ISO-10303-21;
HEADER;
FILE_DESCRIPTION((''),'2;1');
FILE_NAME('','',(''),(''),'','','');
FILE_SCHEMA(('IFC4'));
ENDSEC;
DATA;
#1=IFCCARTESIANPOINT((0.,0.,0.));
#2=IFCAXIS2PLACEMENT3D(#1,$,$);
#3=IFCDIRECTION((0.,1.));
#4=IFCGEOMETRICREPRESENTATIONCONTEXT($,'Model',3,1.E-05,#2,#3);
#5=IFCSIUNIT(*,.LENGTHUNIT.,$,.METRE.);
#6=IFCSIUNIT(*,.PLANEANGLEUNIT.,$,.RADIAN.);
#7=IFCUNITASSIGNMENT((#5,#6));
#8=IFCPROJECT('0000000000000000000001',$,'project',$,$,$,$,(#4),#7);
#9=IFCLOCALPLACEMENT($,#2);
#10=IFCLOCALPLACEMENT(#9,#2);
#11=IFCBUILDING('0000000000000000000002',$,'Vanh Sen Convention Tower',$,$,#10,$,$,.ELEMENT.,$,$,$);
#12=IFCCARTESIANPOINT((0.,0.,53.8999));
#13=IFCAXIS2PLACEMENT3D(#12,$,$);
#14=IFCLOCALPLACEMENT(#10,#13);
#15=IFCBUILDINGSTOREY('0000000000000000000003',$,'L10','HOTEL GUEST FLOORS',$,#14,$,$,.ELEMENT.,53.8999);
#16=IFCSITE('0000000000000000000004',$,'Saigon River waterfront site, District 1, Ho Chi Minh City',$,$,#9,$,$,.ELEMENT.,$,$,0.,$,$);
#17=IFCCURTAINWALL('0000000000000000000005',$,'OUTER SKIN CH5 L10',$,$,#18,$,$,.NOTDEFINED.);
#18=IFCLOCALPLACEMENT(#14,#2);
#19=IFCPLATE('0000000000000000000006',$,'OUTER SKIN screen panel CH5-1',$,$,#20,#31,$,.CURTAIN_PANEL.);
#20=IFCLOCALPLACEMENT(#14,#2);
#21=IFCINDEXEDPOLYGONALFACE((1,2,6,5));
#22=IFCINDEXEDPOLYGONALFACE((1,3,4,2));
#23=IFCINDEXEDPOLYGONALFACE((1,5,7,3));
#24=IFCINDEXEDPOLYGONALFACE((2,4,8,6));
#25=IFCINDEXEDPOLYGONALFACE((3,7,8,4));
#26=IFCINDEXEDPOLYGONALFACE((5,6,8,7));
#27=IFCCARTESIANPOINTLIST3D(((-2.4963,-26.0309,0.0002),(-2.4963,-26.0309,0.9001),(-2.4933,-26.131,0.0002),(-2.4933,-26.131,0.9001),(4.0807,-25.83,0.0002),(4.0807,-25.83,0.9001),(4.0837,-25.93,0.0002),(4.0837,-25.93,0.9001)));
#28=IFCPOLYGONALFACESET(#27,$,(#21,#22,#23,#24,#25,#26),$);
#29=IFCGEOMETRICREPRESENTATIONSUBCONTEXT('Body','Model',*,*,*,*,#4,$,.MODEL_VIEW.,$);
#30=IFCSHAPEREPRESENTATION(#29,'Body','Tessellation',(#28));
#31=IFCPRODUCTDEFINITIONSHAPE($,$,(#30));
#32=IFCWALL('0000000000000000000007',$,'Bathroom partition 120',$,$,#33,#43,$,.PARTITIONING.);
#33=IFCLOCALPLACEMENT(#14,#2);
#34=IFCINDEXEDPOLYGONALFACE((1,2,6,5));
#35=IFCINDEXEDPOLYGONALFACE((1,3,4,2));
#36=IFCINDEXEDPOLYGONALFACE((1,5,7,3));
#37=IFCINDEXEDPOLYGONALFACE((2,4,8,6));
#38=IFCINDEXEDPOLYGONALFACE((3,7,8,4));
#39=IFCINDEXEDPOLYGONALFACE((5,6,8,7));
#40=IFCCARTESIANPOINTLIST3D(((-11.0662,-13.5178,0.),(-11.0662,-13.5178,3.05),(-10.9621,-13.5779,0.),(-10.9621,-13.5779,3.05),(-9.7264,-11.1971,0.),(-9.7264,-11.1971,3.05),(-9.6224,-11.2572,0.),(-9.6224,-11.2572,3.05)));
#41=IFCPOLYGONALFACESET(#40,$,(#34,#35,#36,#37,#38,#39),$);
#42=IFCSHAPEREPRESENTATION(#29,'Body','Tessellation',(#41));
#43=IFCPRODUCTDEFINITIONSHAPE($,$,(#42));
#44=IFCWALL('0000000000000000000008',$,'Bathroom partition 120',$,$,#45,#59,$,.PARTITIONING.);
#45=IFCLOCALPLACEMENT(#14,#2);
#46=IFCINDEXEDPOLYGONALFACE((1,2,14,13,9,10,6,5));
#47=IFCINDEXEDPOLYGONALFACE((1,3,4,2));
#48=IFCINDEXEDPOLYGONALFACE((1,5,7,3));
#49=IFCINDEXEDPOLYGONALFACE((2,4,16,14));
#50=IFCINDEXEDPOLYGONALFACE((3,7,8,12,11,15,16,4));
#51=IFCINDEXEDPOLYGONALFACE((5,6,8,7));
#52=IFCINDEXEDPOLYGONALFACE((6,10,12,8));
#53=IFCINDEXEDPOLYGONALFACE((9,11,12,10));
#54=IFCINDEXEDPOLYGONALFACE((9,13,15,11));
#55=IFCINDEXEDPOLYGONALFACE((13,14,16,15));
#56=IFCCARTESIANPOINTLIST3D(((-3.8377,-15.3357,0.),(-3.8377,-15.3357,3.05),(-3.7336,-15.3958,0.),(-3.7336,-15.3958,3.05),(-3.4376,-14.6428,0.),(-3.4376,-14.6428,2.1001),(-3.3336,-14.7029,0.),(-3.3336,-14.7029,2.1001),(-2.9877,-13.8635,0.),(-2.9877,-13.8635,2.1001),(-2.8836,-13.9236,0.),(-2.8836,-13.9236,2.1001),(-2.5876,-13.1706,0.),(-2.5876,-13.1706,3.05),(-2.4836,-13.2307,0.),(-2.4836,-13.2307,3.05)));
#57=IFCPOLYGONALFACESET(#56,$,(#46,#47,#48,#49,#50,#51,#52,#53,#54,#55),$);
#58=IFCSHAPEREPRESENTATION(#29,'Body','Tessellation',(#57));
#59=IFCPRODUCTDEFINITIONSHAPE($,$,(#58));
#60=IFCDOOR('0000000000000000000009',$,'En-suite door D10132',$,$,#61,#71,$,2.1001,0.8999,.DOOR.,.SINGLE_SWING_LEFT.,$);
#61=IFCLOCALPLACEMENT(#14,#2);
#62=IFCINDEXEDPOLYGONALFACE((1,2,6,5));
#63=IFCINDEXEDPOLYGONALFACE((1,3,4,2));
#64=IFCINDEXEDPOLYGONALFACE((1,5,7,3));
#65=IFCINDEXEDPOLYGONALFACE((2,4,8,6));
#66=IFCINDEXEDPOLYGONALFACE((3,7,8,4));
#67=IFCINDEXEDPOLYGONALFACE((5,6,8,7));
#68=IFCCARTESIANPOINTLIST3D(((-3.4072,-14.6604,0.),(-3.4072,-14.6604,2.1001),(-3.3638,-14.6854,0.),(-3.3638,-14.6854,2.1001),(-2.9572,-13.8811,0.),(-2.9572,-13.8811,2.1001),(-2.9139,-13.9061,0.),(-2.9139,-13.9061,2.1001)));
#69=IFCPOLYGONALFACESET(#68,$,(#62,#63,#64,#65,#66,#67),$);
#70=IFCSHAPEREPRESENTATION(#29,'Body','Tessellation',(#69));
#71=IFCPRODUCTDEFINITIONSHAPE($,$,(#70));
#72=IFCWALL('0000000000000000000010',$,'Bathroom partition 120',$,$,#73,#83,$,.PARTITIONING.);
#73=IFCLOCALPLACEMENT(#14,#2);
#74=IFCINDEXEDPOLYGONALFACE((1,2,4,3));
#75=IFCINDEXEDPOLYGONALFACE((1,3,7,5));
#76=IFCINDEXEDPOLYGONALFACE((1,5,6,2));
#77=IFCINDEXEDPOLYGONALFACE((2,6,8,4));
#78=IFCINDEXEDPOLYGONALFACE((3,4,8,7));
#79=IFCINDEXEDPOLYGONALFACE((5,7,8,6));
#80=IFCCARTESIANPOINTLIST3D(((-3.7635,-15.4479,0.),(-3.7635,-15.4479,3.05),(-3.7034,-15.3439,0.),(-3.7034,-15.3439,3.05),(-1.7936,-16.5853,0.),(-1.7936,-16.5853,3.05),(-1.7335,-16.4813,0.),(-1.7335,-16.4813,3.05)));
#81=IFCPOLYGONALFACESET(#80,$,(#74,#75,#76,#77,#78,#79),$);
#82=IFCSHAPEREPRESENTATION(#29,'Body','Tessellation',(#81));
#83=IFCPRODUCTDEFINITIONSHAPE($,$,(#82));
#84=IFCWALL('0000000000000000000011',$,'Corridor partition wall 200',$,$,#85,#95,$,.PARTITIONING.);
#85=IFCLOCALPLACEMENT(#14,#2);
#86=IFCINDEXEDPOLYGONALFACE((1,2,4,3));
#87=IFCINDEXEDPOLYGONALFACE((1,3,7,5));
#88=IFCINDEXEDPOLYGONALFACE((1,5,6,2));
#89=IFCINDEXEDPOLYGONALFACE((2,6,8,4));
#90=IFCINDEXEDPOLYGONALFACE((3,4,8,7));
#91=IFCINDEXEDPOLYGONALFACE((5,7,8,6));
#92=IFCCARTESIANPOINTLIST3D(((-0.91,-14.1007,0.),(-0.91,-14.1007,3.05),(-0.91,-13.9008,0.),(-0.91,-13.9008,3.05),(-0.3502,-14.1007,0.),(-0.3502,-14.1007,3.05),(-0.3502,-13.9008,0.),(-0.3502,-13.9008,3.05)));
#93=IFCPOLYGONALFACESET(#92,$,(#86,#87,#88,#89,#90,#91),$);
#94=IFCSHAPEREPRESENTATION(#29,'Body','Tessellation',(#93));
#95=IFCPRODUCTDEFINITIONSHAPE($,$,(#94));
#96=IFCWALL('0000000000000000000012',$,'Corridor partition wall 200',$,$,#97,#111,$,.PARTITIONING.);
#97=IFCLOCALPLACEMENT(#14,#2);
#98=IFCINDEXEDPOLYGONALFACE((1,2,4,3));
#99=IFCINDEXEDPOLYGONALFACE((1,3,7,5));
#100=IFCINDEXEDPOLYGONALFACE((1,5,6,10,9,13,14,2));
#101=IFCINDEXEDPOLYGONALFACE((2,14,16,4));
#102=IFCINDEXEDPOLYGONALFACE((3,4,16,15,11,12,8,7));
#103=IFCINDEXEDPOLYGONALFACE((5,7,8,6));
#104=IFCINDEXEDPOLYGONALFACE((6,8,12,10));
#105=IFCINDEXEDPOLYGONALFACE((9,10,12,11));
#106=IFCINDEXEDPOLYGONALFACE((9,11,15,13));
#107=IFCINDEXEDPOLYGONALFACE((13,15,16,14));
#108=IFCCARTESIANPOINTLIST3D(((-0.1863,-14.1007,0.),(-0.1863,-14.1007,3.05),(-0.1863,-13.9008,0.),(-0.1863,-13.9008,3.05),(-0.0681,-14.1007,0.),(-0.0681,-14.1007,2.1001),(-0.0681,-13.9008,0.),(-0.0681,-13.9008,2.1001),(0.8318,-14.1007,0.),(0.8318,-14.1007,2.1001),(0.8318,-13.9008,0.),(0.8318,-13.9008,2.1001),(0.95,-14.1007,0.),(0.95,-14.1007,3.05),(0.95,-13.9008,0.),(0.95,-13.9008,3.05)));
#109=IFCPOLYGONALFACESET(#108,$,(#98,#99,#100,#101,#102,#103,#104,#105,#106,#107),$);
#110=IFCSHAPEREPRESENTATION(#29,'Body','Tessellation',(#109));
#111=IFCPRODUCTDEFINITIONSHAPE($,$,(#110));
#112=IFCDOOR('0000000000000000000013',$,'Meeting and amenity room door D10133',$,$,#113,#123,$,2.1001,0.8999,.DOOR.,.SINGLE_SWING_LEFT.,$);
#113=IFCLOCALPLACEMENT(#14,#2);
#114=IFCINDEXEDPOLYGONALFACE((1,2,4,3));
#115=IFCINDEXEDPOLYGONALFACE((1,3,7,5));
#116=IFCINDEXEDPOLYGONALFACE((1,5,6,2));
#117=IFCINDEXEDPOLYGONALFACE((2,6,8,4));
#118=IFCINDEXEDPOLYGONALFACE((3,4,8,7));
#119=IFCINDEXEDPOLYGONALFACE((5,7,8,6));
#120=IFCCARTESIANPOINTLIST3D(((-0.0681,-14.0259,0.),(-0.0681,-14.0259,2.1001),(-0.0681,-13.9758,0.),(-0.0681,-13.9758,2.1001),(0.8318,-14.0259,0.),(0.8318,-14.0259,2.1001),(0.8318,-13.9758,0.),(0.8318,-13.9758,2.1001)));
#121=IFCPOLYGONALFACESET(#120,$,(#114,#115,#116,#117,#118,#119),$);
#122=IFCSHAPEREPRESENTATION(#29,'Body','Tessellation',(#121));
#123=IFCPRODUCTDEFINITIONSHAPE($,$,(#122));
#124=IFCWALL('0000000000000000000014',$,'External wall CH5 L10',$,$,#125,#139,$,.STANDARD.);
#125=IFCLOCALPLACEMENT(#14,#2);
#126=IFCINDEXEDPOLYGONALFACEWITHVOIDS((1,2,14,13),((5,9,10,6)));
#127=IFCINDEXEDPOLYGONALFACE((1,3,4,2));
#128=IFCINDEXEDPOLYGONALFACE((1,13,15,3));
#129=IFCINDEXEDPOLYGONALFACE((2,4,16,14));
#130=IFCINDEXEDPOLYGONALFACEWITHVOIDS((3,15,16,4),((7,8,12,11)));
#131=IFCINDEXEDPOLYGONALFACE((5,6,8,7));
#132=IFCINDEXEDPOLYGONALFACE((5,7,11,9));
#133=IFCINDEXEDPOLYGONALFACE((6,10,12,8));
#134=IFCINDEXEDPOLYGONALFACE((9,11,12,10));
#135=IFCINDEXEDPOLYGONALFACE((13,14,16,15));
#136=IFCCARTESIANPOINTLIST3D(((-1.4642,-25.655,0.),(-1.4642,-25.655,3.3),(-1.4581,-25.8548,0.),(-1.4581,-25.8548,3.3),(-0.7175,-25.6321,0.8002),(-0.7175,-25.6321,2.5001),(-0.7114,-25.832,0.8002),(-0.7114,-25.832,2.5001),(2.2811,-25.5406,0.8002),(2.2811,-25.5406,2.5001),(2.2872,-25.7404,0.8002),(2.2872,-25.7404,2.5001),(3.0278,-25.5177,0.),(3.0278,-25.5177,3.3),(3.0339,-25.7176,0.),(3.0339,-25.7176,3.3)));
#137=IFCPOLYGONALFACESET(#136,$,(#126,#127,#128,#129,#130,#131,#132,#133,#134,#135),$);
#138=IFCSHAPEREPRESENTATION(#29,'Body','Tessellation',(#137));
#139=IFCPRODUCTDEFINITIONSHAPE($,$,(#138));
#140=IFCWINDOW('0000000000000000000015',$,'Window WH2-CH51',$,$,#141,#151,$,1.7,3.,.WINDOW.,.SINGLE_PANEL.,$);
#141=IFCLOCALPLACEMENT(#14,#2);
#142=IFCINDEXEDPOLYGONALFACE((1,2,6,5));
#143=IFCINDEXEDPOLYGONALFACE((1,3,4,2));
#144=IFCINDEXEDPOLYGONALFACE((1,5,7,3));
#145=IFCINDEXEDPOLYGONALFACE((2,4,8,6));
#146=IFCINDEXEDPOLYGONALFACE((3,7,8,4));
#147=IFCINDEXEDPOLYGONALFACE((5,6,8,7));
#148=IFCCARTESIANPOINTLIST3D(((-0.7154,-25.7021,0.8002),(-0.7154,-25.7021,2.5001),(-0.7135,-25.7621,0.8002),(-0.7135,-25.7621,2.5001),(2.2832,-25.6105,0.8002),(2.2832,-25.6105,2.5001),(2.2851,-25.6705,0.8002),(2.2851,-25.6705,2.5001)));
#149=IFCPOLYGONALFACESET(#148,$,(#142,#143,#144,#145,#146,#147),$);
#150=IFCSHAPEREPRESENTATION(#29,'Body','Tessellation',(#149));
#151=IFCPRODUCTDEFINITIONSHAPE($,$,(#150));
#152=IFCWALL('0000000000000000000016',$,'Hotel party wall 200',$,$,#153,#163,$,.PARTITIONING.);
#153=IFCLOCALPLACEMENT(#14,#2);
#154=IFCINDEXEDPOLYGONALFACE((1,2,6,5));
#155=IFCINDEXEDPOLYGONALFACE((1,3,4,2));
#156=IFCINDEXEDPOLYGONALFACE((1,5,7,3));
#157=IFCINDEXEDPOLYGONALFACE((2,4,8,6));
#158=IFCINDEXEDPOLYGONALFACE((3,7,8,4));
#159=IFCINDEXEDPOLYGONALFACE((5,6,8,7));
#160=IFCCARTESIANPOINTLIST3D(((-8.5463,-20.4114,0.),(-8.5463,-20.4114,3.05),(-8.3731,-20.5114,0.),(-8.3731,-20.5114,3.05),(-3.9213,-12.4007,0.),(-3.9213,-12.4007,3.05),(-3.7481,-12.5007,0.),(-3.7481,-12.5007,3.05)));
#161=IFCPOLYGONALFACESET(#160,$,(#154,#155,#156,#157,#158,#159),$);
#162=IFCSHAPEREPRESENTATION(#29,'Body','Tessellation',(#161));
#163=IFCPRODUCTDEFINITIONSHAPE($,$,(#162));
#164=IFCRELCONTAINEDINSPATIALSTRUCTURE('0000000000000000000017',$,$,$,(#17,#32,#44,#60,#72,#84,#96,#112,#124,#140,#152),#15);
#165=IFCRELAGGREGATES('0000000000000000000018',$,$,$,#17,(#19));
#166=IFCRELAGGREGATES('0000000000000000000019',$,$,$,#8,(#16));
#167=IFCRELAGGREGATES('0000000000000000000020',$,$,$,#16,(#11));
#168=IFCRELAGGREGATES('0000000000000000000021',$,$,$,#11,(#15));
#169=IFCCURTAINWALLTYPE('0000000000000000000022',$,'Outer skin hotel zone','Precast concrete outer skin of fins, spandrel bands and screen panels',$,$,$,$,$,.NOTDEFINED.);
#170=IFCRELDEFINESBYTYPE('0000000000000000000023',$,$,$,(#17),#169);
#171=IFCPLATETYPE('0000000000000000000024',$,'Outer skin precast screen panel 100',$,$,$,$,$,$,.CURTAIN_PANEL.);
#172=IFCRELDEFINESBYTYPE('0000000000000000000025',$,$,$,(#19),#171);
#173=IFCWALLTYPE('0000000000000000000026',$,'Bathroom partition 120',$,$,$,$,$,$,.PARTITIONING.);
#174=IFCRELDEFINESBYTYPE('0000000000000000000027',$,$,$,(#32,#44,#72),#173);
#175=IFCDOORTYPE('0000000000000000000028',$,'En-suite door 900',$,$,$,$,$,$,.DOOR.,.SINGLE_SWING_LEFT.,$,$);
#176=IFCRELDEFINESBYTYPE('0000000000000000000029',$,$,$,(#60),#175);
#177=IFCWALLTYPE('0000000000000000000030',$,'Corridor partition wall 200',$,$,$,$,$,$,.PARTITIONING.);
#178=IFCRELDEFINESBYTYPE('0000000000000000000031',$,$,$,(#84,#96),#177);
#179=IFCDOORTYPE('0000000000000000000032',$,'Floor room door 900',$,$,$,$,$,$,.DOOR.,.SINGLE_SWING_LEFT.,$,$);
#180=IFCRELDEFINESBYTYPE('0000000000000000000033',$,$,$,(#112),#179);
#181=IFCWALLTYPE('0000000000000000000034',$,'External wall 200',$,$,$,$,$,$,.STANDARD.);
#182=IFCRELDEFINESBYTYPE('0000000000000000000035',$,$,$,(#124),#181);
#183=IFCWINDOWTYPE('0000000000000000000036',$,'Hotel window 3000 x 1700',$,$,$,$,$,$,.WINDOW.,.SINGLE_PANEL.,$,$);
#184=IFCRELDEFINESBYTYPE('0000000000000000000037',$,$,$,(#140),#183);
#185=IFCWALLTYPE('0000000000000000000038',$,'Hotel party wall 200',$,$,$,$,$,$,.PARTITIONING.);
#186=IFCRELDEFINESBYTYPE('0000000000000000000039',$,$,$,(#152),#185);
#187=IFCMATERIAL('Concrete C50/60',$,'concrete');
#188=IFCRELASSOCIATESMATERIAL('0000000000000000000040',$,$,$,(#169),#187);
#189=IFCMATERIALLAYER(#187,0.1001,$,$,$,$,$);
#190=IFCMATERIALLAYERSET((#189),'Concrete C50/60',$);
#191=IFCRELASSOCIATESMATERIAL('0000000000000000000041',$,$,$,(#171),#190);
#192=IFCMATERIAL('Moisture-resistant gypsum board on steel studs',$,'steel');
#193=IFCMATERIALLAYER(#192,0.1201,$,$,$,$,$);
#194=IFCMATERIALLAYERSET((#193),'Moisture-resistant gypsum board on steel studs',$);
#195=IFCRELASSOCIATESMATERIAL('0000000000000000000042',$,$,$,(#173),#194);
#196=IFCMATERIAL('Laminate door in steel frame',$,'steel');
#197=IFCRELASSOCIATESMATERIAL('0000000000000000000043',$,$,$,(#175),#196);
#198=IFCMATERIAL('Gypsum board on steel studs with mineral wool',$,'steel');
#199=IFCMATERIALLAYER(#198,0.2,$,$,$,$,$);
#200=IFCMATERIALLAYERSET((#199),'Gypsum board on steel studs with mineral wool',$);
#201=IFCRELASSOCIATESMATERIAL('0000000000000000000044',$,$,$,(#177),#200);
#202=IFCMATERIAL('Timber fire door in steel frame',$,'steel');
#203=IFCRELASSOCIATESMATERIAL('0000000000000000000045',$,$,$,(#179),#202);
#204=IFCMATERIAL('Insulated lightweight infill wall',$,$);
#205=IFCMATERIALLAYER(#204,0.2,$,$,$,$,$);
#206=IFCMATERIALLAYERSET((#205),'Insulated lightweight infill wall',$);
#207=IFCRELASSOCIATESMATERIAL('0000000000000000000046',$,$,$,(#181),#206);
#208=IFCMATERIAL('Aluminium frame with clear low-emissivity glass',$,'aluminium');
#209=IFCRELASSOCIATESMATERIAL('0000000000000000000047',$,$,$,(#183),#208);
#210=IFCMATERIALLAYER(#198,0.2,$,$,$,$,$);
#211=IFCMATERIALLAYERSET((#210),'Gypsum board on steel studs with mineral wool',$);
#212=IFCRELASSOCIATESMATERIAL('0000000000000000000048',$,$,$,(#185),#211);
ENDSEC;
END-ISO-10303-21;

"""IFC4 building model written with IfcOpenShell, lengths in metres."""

from ifc_helpers import new_model, si_unit, direction, frame, frame_2d, origin, origin_2d, place, context, subcontext, project, spatial, rectangle, extrude, material, layer, layer_set, type_object, element, fill, aggregate, save


model = new_model("IFC4")

# Units and contexts
model_context = context("Model", 3, precision=1e-05, world=origin(), true_north=direction((0.0, 1.0)))
body_context = subcontext(model_context, "Body", "Model", "MODEL_VIEW")
ifc_project = project(units=[si_unit("LENGTHUNIT", "METRE"), si_unit("PLANEANGLEUNIT", "RADIAN")], contexts=[model_context])

# Site, building, storey
site_placement = place(None, origin())
site = spatial("IfcSite", under=ifc_project, at=site_placement, Name="Saigon River waterfront site, District 1, Ho Chi Minh City", CompositionType="ELEMENT", RefElevation=0.0)
building_placement = place(site_placement, origin())
building = spatial("IfcBuilding", under=site, at=building_placement, Name="Vanh Sen Convention Tower", CompositionType="ELEMENT")
storey_placement = place(building_placement, frame((0.0, 0.0, 53.8999)))
storey = spatial("IfcBuildingStorey", under=building, at=storey_placement, Name="L10", Description="HOTEL GUEST FLOORS", CompositionType="ELEMENT", Elevation=53.8999)

# Shared definitions
ifc_material_1 = material(Name="Concrete C50/60", Category="concrete")
curtain_wall_type = type_object("IfcCurtainWallType", Name="Outer skin hotel zone", Description="Precast concrete outer skin of fins, spandrel bands and screen panels", PredefinedType="NOTDEFINED", material=ifc_material_1)

# Curtain wall
curtain_wall_1_placement = place(storey_placement, origin())
curtain_wall_1 = element("IfcCurtainWall", 1, at=curtain_wall_1_placement, inside=storey, type_object=curtain_wall_type, Name="OUTER SKIN CH5 L10", PredefinedType="NOTDEFINED")

# Plate
ifc_layer_1 = layer(ifc_material_1, 0.1001)
ifc_layer_set_1 = layer_set([ifc_layer_1], Name="Concrete C50/60")
plate_type = type_object("IfcPlateType", Name="Outer skin precast screen panel 100", PredefinedType="CURTAIN_PANEL", material=ifc_layer_set_1)
plate_1_placement = place(storey_placement, frame((0.7937, -25.9805, 0.0002), z_axis=(0.0, 0.0, 1.0), x_axis=(0.999533, 0.030542, 0.0)))
plate_1 = element("IfcPlate", 2, at=plate_1_placement, type_object=plate_type, Name="OUTER SKIN screen panel CH5-1", PredefinedType="CURTAIN_PANEL", context=body_context, shape_type="SweptSolid", body=[
    extrude(rectangle(XDim=6.5801, YDim=0.1001, at=origin_2d()), origin(), (0.0, 0.0, 1.0), 0.8999),
])
aggregate(curtain_wall_1, [plate_1])

# Wall
ifc_material_2 = material(Name="Moisture-resistant gypsum board on steel studs", Category="steel")
ifc_layer_2 = layer(ifc_material_2, 0.1201)
ifc_layer_set_2 = layer_set([ifc_layer_2], Name="Moisture-resistant gypsum board on steel studs")
wall_type_1 = type_object("IfcWallType", Name="Bathroom partition 120", PredefinedType="PARTITIONING", material=ifc_layer_set_2)
wall_1_placement = place(storey_placement, frame((-11.0142, -13.5479, 0.0), z_axis=(0.0, 0.0, 1.0), x_axis=(0.49998, 0.866037, 0.0)))
element("IfcWall", 3, at=wall_1_placement, inside=storey, type_object=wall_type_1, Name="Bathroom partition 120", PredefinedType="PARTITIONING", context=body_context, shape_type="SweptSolid", body=[
    extrude(rectangle(XDim=2.6797, YDim=0.1201, at=frame_2d((1.3398, 0.0))), origin(), (0.0, 0.0, 1.0), 3.05),
])

# Wall, opening, door
wall_2_placement = place(storey_placement, frame((-3.7856, -15.3657, 0.0), z_axis=(0.0, 0.0, 1.0), x_axis=(0.500004, 0.866023, 0.0)))
wall_2 = element("IfcWall", 4, at=wall_2_placement, inside=storey, type_object=wall_type_1, Name="Bathroom partition 120", PredefinedType="PARTITIONING", context=body_context, shape_type="SweptSolid", body=[
    extrude(rectangle(XDim=2.5, YDim=0.1201, at=frame_2d((1.25, 0.0))), origin(), (0.0, 0.0, 1.0), 3.05),
])
opening_1_placement = place(wall_2_placement, frame((0.8, 0.0, 0.0)))
opening_1 = element("IfcOpeningElement", 5, at=opening_1_placement, cuts=wall_2, PredefinedType="OPENING", context=body_context, shape_type="SweptSolid", body=[
    extrude(rectangle(XDim=0.8999, YDim=2.1001, at=frame_2d((0.45, 1.05))), frame((0.0, 0.0701, 0.0), z_axis=(0.0, -1.0, 0.0), x_axis=(1.0, 0.0, 0.0)), (0.0, 0.0, 1.0), 0.1401),
])
ifc_material_3 = material(Name="Laminate door in steel frame", Category="steel")
door_type_1 = type_object("IfcDoorType", Name="En-suite door 900", OperationType="SINGLE_SWING_LEFT", PredefinedType="DOOR", material=ifc_material_3)
door_1_placement = place(opening_1_placement, origin())
door_1 = element("IfcDoor", 6, at=door_1_placement, inside=storey, type_object=door_type_1, Name="En-suite door D10132", OperationType="SINGLE_SWING_LEFT", OverallHeight=2.1001, OverallWidth=0.8999, PredefinedType="DOOR", context=body_context, shape_type="SweptSolid", body=[
    extrude(rectangle(XDim=0.8999, YDim=2.1001, at=frame_2d((0.45, 1.05))), frame((0.0, 0.0249, 0.0), z_axis=(0.0, -1.0, 0.0), x_axis=(1.0, 0.0, 0.0)), (0.0, 0.0, 1.0), 0.05),
])
fill(opening_1, door_1)

# Walls
wall_3_placement = place(storey_placement, frame((-1.7637, -16.5332, 0.0), z_axis=(0.0, 0.0, 1.0), x_axis=(-0.866009, 0.500029, 0.0)))
element("IfcWall", 7, at=wall_3_placement, inside=storey, type_object=wall_type_1, Name="Bathroom partition 120", PredefinedType="PARTITIONING", context=body_context, shape_type="SweptSolid", body=[
    extrude(rectangle(XDim=2.2747, YDim=0.1201, at=frame_2d((1.1372, 0.0))), origin(), (0.0, 0.0, 1.0), 3.05),
])
ifc_material_4 = material(Name="Gypsum board on steel studs with mineral wool", Category="steel")
ifc_layer_3 = layer(ifc_material_4, 0.2)
ifc_layer_set_3 = layer_set([ifc_layer_3], Name="Gypsum board on steel studs with mineral wool")
wall_type_2 = type_object("IfcWallType", Name="Corridor partition wall 200", PredefinedType="PARTITIONING", material=ifc_layer_set_3)
wall_4_placement = place(storey_placement, frame((-0.9099, -14.0007, 0.0), z_axis=(0.0, 0.0, 1.0), x_axis=(1.0, 0.0, 0.0)))
element("IfcWall", 8, at=wall_4_placement, inside=storey, type_object=wall_type_2, Name="Corridor partition wall 200", PredefinedType="PARTITIONING", context=body_context, shape_type="SweptSolid", body=[
    extrude(rectangle(XDim=0.5598, YDim=0.2, at=frame_2d((0.2798, 0.0))), origin(), (0.0, 0.0, 1.0), 3.05),
])

# Wall, opening, door
wall_5_placement = place(storey_placement, frame((-0.1863, -14.0007, 0.0), z_axis=(0.0, 0.0, 1.0), x_axis=(1.0, 0.0, 0.0)))
wall_5 = element("IfcWall", 9, at=wall_5_placement, inside=storey, type_object=wall_type_2, Name="Corridor partition wall 200", PredefinedType="PARTITIONING", context=body_context, shape_type="SweptSolid", body=[
    extrude(rectangle(XDim=1.1362, YDim=0.2, at=frame_2d((0.5681, 0.0))), origin(), (0.0, 0.0, 1.0), 3.05),
])
opening_2_placement = place(wall_5_placement, frame((0.1182, 0.0, 0.0)))
opening_2 = element("IfcOpeningElement", 10, at=opening_2_placement, cuts=wall_5, PredefinedType="OPENING", context=body_context, shape_type="SweptSolid", body=[
    extrude(rectangle(XDim=0.8999, YDim=2.1001, at=frame_2d((0.45, 1.05))), frame((0.0, 0.1099, 0.0), z_axis=(0.0, -1.0, 0.0), x_axis=(1.0, 0.0, 0.0)), (0.0, 0.0, 1.0), 0.22),
])
ifc_material_5 = material(Name="Timber fire door in steel frame", Category="steel")
door_type_2 = type_object("IfcDoorType", Name="Floor room door 900", OperationType="SINGLE_SWING_LEFT", PredefinedType="DOOR", material=ifc_material_5)
door_2_placement = place(opening_2_placement, origin())
door_2 = element("IfcDoor", 11, at=door_2_placement, inside=storey, type_object=door_type_2, Name="Meeting and amenity room door D10133", OperationType="SINGLE_SWING_LEFT", OverallHeight=2.1001, OverallWidth=0.8999, PredefinedType="DOOR", context=body_context, shape_type="SweptSolid", body=[
    extrude(rectangle(XDim=0.8999, YDim=2.1001, at=frame_2d((0.45, 1.05))), frame((0.0, 0.0249, 0.0), z_axis=(0.0, -1.0, 0.0), x_axis=(1.0, 0.0, 0.0)), (0.0, 0.0, 1.0), 0.05),
])
fill(opening_2, door_2)

# Wall, opening, window
ifc_material_6 = material(Name="Insulated lightweight infill wall")
ifc_layer_4 = layer(ifc_material_6, 0.2)
ifc_layer_set_4 = layer_set([ifc_layer_4], Name="Insulated lightweight infill wall")
wall_type_3 = type_object("IfcWallType", Name="External wall 200", PredefinedType="STANDARD", material=ifc_layer_set_4)
wall_6_placement = place(storey_placement, frame((-1.4612, -25.7549, 0.0), z_axis=(0.0, 0.0, 1.0), x_axis=(0.999534, 0.030531, 0.0)))
wall_6 = element("IfcWall", 12, at=wall_6_placement, inside=storey, type_object=wall_type_3, Name="External wall CH5 L10", PredefinedType="STANDARD", context=body_context, shape_type="SweptSolid", body=[
    extrude(rectangle(XDim=4.4941, YDim=0.2, at=frame_2d((2.2471, 0.0))), origin(), (0.0, 0.0, 1.0), 3.3),
])
opening_3_placement = place(wall_6_placement, frame((0.7471, 0.0, 0.8)))
opening_3 = element("IfcOpeningElement", 13, at=opening_3_placement, cuts=wall_6, PredefinedType="OPENING", context=body_context, shape_type="SweptSolid", body=[
    extrude(rectangle(XDim=3.0, YDim=1.7, at=frame_2d((1.5, 0.8501))), frame((0.0, 0.1099, 0.0), z_axis=(0.0, -1.0, 0.0), x_axis=(1.0, 0.0, 0.0)), (0.0, 0.0, 1.0), 0.22),
])
ifc_material_7 = material(Name="Aluminium frame with clear low-emissivity glass", Category="aluminium")
window_type = type_object("IfcWindowType", Name="Hotel window 3000 x 1700", PartitioningType="SINGLE_PANEL", PredefinedType="WINDOW", material=ifc_material_7)
window_placement = place(opening_3_placement, origin())
window = element("IfcWindow", 14, at=window_placement, inside=storey, type_object=window_type, Name="Window WH2-CH51", OverallHeight=1.7, OverallWidth=3.0, PartitioningType="SINGLE_PANEL", PredefinedType="WINDOW", context=body_context, shape_type="SweptSolid", body=[
    extrude(rectangle(XDim=3.0, YDim=1.7, at=frame_2d((1.5, 0.8501))), frame((0.0, 0.03, 0.0), z_axis=(0.0, -1.0, 0.0), x_axis=(1.0, 0.0, 0.0)), (0.0, 0.0, 1.0), 0.0601),
])
fill(opening_3, window)

# Wall
ifc_layer_5 = layer(ifc_material_4, 0.2)
ifc_layer_set_5 = layer_set([ifc_layer_5], Name="Gypsum board on steel studs with mineral wool")
wall_type_4 = type_object("IfcWallType", Name="Hotel party wall 200", PredefinedType="PARTITIONING", material=ifc_layer_set_5)
wall_7_placement = place(storey_placement, frame((-8.4597, -20.4614, 0.0), z_axis=(0.0, 0.0, 1.0), x_axis=(0.5, 0.866026, 0.0)))
element("IfcWall", 15, at=wall_7_placement, inside=storey, type_object=wall_type_4, Name="Hotel party wall 200", PredefinedType="PARTITIONING", context=body_context, shape_type="SweptSolid", body=[
    extrude(rectangle(XDim=9.25, YDim=0.2, at=frame_2d((4.625, 0.0))), origin(), (0.0, 0.0, 1.0), 3.05),
])

save(model, "model.ifc")
